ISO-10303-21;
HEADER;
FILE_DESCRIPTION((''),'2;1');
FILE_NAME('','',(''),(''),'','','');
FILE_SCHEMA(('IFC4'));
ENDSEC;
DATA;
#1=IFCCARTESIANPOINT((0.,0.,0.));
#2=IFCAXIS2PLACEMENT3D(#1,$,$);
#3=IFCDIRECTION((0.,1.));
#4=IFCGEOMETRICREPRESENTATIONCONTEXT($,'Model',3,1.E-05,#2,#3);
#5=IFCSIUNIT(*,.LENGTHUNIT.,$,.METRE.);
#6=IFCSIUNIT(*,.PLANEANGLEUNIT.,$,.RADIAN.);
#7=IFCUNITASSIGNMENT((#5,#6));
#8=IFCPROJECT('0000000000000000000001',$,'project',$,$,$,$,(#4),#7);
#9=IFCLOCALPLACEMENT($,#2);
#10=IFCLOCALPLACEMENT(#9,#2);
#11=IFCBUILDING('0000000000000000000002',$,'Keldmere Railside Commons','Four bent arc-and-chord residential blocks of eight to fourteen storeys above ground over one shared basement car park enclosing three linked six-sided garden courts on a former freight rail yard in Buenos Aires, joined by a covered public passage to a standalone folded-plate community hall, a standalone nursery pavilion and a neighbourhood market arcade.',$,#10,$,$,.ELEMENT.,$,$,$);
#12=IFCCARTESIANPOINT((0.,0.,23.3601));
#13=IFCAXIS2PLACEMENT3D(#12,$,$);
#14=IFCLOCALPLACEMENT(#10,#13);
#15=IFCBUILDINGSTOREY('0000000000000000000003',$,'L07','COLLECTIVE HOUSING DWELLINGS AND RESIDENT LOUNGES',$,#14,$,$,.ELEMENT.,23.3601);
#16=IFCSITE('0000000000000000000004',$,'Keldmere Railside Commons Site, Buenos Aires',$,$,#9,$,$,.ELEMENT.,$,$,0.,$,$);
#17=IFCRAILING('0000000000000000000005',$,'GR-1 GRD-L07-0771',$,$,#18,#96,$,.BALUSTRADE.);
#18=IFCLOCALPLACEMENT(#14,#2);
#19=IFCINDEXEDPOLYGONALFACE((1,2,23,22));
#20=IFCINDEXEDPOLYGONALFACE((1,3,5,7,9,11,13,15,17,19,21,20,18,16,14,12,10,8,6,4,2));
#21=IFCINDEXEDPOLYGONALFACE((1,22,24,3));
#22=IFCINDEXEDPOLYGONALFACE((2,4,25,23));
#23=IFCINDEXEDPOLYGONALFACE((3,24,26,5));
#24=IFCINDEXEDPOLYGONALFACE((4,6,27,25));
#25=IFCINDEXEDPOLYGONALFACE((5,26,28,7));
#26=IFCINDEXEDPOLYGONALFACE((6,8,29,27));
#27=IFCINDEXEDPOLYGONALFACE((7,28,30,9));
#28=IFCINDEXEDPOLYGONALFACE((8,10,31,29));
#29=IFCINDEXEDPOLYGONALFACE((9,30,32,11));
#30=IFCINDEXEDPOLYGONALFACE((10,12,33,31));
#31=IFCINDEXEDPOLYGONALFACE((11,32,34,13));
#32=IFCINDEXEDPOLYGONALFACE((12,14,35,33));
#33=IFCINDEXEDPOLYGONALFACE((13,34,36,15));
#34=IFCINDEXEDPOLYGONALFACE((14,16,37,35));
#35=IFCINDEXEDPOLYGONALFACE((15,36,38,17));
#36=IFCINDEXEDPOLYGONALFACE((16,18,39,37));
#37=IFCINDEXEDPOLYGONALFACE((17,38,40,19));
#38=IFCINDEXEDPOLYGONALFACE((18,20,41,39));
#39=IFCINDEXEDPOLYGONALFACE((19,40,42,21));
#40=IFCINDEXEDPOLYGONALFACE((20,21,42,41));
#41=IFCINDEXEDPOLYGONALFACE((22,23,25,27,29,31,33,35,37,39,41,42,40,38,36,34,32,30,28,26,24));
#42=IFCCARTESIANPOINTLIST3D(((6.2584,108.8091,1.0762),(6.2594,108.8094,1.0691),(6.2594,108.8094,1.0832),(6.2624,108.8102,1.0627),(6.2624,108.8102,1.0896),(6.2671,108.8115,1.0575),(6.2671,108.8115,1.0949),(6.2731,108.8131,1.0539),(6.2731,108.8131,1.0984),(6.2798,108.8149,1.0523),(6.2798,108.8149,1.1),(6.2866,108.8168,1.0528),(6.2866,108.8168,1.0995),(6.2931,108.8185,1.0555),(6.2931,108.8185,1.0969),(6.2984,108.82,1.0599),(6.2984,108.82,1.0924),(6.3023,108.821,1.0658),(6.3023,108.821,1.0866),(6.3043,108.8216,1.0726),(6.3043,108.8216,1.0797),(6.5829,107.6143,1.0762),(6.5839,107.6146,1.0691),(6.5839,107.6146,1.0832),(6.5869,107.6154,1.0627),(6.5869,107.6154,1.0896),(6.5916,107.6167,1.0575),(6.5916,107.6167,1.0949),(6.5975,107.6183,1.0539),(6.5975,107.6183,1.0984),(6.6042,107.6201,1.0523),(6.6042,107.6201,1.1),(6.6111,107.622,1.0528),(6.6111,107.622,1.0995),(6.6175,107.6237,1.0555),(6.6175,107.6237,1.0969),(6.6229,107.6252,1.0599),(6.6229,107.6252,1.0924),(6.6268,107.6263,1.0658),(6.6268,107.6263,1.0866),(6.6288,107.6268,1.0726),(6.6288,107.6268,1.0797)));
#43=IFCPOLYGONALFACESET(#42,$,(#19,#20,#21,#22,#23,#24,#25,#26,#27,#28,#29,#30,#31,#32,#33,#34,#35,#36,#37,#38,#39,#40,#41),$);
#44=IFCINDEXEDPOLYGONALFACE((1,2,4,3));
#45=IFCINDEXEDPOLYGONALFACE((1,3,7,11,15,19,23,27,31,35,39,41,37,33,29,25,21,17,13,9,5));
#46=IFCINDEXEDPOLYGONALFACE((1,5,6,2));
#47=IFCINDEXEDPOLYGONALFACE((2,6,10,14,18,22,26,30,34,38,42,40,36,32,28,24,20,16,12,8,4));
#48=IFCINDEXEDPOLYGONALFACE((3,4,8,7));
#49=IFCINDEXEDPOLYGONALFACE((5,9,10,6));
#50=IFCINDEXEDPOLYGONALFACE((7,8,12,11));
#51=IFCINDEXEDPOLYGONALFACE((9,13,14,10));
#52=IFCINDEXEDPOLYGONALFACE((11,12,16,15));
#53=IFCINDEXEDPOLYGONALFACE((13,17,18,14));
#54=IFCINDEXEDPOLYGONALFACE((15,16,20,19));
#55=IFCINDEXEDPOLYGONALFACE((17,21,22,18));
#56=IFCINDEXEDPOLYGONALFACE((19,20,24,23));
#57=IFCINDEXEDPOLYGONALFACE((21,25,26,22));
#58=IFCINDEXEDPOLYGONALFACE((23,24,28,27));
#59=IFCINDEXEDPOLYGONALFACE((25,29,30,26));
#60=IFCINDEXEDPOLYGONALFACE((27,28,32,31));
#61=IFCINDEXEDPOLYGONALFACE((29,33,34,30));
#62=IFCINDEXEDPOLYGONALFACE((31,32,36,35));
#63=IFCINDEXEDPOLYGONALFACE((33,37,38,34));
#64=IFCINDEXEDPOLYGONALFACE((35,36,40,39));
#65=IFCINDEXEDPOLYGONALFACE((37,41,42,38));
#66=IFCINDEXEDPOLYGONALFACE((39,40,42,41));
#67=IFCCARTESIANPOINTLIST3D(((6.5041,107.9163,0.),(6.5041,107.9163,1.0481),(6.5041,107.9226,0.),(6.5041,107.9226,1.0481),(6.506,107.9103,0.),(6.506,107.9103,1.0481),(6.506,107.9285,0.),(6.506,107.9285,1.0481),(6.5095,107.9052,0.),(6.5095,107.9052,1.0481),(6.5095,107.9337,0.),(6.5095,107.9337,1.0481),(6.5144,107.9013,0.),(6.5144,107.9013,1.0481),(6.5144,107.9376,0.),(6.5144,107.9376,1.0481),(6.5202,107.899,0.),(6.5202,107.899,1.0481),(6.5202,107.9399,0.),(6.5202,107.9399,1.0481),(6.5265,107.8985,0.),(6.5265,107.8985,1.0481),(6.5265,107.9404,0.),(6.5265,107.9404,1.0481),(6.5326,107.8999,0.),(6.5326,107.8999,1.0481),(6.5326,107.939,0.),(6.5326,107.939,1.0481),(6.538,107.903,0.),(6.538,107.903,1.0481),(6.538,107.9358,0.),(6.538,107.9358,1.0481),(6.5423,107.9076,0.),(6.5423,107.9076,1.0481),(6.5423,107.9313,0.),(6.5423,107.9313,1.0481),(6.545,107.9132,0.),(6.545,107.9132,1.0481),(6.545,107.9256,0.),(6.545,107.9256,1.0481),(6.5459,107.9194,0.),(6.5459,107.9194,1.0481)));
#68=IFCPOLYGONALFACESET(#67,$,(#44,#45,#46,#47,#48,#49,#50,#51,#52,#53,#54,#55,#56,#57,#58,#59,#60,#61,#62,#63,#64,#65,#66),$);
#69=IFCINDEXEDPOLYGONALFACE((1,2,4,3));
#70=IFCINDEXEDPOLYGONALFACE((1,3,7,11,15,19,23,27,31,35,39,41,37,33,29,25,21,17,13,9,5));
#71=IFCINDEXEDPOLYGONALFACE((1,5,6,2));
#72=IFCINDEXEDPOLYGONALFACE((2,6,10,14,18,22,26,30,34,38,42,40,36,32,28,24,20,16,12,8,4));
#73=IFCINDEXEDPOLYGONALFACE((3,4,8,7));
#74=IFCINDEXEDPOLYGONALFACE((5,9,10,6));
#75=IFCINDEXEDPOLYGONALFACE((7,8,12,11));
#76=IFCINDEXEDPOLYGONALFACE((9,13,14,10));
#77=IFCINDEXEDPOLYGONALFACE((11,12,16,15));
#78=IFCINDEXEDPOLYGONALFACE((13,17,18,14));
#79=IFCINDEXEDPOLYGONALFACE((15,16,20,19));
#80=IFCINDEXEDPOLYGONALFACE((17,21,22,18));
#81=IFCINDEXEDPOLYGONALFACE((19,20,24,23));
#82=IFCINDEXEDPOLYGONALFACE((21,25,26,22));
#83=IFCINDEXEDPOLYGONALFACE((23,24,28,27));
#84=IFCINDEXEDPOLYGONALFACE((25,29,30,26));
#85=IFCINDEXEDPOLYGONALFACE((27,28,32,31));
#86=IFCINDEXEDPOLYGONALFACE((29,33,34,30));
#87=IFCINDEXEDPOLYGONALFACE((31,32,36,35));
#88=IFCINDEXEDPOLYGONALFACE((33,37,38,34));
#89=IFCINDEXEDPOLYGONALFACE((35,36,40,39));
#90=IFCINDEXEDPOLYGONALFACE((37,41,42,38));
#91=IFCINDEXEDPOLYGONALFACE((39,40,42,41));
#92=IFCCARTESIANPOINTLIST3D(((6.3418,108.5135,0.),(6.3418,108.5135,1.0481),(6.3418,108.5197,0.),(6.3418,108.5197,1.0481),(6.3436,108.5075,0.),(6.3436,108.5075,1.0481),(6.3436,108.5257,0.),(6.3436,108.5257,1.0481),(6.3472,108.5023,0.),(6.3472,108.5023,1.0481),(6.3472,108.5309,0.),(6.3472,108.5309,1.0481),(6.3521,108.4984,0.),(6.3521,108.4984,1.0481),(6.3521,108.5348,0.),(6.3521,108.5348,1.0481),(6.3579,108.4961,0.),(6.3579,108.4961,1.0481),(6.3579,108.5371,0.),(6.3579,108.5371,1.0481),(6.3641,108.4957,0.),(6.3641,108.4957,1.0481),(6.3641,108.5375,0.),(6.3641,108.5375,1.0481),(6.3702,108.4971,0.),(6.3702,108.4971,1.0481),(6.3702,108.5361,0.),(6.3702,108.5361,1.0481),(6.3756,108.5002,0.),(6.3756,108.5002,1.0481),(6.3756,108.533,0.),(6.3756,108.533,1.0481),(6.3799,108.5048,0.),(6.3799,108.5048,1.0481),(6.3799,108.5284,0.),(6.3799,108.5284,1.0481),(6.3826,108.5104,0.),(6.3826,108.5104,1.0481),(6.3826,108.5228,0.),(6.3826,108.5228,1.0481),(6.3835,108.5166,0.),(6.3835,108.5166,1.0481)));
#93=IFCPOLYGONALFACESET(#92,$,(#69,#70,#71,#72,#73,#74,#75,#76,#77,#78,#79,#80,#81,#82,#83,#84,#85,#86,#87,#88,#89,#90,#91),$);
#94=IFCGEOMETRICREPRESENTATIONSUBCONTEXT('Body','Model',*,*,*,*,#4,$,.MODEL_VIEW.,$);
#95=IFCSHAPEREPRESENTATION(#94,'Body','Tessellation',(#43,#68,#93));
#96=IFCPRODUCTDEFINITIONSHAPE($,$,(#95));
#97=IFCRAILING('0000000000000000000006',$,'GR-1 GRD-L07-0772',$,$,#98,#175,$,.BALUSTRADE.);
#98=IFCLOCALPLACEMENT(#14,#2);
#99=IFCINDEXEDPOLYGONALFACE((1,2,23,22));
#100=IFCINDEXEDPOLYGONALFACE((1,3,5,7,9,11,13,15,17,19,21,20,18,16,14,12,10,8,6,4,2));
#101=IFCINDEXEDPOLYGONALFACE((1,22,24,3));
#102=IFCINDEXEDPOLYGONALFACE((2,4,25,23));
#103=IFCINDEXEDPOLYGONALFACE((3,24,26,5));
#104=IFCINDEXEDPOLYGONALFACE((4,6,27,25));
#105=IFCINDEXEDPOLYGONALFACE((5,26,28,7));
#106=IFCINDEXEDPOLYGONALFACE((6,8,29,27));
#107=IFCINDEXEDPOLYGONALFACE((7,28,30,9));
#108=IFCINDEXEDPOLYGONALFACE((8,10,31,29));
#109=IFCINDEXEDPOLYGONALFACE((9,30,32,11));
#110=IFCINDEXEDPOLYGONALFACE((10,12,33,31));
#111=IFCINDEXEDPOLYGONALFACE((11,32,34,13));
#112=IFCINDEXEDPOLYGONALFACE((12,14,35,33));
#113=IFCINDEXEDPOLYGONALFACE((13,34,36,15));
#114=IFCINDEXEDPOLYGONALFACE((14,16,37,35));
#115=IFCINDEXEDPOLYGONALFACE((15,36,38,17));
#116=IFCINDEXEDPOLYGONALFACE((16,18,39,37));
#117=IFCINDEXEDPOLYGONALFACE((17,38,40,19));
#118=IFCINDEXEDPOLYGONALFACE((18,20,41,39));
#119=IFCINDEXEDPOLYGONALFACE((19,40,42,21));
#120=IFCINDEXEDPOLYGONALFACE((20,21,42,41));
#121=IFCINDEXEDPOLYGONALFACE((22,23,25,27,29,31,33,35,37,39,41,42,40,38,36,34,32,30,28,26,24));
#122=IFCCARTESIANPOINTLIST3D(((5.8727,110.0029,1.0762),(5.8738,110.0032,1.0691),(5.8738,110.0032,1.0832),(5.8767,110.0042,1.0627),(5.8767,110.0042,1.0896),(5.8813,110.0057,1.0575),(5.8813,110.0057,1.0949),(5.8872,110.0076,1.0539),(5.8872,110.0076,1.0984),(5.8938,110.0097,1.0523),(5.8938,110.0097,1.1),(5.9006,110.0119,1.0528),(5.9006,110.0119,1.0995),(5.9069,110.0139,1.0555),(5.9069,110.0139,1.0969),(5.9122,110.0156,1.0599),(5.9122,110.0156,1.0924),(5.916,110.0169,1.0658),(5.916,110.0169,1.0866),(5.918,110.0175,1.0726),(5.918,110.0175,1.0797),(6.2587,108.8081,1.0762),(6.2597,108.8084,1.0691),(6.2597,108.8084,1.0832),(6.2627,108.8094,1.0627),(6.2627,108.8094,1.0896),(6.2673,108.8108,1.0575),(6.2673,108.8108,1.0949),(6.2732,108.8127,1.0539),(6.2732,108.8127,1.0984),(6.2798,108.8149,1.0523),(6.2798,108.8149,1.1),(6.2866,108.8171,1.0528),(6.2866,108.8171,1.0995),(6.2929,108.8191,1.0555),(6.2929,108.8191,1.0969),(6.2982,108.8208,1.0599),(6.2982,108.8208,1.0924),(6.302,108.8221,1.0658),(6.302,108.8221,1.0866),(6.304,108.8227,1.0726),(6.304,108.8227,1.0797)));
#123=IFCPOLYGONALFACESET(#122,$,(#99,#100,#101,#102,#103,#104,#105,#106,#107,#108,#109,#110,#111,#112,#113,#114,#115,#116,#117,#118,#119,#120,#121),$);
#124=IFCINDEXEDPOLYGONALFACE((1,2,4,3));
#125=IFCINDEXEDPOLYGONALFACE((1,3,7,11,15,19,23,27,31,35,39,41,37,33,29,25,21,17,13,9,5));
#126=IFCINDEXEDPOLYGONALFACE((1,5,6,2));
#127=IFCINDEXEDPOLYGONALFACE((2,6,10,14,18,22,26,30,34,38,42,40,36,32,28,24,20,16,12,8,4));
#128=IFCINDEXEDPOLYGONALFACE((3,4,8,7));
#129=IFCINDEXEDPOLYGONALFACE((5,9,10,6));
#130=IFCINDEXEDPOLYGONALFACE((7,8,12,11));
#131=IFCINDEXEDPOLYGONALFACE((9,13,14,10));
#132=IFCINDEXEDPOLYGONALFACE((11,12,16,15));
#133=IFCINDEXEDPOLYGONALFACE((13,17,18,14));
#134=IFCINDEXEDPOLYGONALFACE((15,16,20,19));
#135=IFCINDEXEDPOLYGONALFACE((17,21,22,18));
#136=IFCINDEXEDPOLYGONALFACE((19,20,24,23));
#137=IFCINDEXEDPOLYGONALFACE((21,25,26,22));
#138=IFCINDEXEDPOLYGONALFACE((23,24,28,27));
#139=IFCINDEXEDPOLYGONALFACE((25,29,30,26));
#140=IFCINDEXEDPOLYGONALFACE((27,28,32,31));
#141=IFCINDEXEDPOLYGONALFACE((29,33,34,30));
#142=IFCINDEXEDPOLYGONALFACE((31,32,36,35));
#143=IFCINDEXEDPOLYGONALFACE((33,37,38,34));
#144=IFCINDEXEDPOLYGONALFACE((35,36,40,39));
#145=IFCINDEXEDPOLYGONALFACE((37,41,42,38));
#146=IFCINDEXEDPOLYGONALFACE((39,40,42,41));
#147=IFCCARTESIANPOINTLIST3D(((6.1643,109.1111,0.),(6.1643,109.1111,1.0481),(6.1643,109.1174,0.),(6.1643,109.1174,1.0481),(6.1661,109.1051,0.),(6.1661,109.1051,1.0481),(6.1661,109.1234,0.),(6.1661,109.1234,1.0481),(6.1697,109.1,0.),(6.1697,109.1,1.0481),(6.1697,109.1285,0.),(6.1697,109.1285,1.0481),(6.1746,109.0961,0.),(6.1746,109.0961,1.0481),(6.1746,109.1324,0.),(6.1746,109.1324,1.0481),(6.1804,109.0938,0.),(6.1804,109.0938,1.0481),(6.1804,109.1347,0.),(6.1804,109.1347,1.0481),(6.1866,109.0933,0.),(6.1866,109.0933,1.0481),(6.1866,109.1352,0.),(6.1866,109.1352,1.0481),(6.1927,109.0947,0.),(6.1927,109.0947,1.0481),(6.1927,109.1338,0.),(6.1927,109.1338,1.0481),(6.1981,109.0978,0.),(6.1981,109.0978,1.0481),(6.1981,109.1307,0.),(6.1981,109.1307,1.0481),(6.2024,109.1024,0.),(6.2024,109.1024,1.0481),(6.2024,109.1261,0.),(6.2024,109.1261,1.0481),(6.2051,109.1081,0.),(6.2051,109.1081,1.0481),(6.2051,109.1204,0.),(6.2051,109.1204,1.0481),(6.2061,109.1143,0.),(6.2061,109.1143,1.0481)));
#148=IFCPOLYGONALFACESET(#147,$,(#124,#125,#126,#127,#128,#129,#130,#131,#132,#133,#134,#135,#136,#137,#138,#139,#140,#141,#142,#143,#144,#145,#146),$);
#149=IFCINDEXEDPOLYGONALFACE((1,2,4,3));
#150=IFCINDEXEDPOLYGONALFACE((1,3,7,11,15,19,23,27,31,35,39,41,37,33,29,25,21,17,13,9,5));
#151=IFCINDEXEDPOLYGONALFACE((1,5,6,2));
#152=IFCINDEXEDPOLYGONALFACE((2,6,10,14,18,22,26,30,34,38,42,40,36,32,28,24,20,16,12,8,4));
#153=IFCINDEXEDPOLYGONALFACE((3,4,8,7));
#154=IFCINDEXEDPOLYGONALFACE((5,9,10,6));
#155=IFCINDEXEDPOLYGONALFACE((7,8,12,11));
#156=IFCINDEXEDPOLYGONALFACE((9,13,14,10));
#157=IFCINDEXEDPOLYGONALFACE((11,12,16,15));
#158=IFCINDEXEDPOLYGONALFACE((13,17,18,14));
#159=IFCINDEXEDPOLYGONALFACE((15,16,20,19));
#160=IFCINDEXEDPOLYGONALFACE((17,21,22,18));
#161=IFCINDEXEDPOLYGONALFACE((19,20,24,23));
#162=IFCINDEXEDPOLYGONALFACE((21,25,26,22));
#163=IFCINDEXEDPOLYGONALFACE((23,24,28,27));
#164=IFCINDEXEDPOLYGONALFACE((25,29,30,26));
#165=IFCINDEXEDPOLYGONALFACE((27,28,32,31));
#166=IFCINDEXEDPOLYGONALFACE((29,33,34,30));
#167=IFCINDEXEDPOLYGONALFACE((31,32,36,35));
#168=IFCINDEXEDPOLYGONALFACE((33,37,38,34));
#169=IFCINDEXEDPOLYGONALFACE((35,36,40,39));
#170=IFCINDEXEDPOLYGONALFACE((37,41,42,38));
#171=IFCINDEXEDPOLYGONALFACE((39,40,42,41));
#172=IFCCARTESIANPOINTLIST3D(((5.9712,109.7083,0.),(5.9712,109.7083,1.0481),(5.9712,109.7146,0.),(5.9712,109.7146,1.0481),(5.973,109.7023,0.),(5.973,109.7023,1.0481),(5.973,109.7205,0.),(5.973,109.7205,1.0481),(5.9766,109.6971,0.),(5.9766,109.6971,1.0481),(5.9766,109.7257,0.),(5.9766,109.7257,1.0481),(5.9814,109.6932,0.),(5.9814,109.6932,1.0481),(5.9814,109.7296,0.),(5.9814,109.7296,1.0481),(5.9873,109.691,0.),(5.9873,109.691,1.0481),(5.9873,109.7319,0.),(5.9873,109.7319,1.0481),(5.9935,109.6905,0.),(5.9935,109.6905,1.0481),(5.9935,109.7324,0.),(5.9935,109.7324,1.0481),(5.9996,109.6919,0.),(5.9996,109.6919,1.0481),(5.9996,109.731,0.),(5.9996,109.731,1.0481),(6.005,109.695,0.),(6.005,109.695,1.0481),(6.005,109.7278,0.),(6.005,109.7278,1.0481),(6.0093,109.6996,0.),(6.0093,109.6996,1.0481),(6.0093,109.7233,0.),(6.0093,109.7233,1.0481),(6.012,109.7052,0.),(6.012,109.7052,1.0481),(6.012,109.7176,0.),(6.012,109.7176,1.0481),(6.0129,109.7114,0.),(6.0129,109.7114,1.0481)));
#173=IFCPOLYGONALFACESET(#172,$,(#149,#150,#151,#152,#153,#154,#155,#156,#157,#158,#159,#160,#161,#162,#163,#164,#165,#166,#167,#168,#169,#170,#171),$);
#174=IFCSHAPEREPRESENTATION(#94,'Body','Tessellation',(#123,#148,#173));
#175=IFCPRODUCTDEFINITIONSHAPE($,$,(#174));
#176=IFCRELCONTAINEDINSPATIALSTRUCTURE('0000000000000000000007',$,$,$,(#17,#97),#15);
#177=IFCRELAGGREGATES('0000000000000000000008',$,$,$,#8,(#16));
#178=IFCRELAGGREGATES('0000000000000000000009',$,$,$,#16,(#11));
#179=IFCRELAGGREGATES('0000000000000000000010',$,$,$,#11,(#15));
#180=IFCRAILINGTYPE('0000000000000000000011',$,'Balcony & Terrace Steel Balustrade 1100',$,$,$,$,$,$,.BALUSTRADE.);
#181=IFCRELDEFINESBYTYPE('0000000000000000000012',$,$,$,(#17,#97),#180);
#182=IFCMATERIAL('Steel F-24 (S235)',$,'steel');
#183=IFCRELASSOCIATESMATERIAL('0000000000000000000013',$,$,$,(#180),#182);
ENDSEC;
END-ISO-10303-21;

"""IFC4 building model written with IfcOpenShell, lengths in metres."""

from ifc_helpers import new_model, si_unit, direction, frame, origin, origin_2d, place, context, subcontext, project, spatial, circle, extrude, material, type_object, element, save


model = new_model("IFC4")

# Units and contexts
model_context = context("Model", 3, precision=1e-05, world=origin(), true_north=direction((0.0, 1.0)))
body_context = subcontext(model_context, "Body", "Model", "MODEL_VIEW")
ifc_project = project(units=[si_unit("LENGTHUNIT", "METRE"), si_unit("PLANEANGLEUNIT", "RADIAN")], contexts=[model_context])

# Site, building, storey
site_placement = place(None, origin())
site = spatial("IfcSite", under=ifc_project, at=site_placement, Name="Keldmere Railside Commons Site, Buenos Aires", CompositionType="ELEMENT", RefElevation=0.0)
building_placement = place(site_placement, origin())
building = spatial("IfcBuilding", under=site, at=building_placement, Name="Keldmere Railside Commons", Description="Four bent arc-and-chord residential blocks of eight to fourteen storeys above ground over one shared basement car park enclosing three linked six-sided garden courts on a former freight rail yard in Buenos Aires, joined by a covered public passage to a standalone folded-plate community hall, a standalone nursery pavilion and a neighbourhood market arcade.", CompositionType="ELEMENT")
storey_placement = place(building_placement, frame((0.0, 0.0, 23.3601)))
storey = spatial("IfcBuildingStorey", under=building, at=storey_placement, Name="L07", Description="COLLECTIVE HOUSING DWELLINGS AND RESIDENT LOUNGES", CompositionType="ELEMENT", Elevation=23.3601)

# Railings
ifc_material_1 = material(Name="Steel F-24 (S235)", Category="steel")
railing_type = type_object("IfcRailingType", Name="Balcony & Terrace Steel Balustrade 1100", PredefinedType="BALUSTRADE", material=ifc_material_1)
railing_1_placement = place(storey_placement, frame((6.606, 107.6206, 0.0)))
element("IfcRailing", 1, at=railing_1_placement, inside=storey, type_object=railing_type, Name="GR-1 GRD-L07-0771", PredefinedType="BALUSTRADE", context=body_context, shape_type="SweptSolid", body=[
    extrude(circle(Radius=0.0239, at=origin_2d()), frame((0.0, 0.0, 1.0762), z_axis=(-0.262066, 0.96505, 0.0), x_axis=(-0.96505, -0.262066, 0.0)), (0.0, 0.0, 1.0), 1.238),
    extrude(circle(Radius=0.021, at=origin_2d()), frame((-0.0811, 0.2988, 0.0)), (0.0, 0.0, 1.0), 1.0481),
    extrude(circle(Radius=0.021, at=origin_2d()), frame((-0.2434, 0.896, 0.0)), (0.0, 0.0, 1.0), 1.0481),
])
railing_2_placement = place(storey_placement, frame((6.2815, 108.8154, 0.0)))
element("IfcRailing", 2, at=railing_2_placement, inside=storey, type_object=railing_type, Name="GR-1 GRD-L07-0772", PredefinedType="BALUSTRADE", context=body_context, shape_type="SweptSolid", body=[
    extrude(circle(Radius=0.0239, at=origin_2d()), frame((0.0, 0.0, 1.0762), z_axis=(-0.307406, 0.951578, 0.0), x_axis=(-0.951578, -0.307406, 0.0)), (0.0, 0.0, 1.0), 1.2556),
    extrude(circle(Radius=0.021, at=origin_2d()), frame((-0.0964, 0.2988, 0.0)), (0.0, 0.0, 1.0), 1.0481),
    extrude(circle(Radius=0.021, at=origin_2d()), frame((-0.2896, 0.896, 0.0)), (0.0, 0.0, 1.0), 1.0481),
])

save(model, "model.ifc")
